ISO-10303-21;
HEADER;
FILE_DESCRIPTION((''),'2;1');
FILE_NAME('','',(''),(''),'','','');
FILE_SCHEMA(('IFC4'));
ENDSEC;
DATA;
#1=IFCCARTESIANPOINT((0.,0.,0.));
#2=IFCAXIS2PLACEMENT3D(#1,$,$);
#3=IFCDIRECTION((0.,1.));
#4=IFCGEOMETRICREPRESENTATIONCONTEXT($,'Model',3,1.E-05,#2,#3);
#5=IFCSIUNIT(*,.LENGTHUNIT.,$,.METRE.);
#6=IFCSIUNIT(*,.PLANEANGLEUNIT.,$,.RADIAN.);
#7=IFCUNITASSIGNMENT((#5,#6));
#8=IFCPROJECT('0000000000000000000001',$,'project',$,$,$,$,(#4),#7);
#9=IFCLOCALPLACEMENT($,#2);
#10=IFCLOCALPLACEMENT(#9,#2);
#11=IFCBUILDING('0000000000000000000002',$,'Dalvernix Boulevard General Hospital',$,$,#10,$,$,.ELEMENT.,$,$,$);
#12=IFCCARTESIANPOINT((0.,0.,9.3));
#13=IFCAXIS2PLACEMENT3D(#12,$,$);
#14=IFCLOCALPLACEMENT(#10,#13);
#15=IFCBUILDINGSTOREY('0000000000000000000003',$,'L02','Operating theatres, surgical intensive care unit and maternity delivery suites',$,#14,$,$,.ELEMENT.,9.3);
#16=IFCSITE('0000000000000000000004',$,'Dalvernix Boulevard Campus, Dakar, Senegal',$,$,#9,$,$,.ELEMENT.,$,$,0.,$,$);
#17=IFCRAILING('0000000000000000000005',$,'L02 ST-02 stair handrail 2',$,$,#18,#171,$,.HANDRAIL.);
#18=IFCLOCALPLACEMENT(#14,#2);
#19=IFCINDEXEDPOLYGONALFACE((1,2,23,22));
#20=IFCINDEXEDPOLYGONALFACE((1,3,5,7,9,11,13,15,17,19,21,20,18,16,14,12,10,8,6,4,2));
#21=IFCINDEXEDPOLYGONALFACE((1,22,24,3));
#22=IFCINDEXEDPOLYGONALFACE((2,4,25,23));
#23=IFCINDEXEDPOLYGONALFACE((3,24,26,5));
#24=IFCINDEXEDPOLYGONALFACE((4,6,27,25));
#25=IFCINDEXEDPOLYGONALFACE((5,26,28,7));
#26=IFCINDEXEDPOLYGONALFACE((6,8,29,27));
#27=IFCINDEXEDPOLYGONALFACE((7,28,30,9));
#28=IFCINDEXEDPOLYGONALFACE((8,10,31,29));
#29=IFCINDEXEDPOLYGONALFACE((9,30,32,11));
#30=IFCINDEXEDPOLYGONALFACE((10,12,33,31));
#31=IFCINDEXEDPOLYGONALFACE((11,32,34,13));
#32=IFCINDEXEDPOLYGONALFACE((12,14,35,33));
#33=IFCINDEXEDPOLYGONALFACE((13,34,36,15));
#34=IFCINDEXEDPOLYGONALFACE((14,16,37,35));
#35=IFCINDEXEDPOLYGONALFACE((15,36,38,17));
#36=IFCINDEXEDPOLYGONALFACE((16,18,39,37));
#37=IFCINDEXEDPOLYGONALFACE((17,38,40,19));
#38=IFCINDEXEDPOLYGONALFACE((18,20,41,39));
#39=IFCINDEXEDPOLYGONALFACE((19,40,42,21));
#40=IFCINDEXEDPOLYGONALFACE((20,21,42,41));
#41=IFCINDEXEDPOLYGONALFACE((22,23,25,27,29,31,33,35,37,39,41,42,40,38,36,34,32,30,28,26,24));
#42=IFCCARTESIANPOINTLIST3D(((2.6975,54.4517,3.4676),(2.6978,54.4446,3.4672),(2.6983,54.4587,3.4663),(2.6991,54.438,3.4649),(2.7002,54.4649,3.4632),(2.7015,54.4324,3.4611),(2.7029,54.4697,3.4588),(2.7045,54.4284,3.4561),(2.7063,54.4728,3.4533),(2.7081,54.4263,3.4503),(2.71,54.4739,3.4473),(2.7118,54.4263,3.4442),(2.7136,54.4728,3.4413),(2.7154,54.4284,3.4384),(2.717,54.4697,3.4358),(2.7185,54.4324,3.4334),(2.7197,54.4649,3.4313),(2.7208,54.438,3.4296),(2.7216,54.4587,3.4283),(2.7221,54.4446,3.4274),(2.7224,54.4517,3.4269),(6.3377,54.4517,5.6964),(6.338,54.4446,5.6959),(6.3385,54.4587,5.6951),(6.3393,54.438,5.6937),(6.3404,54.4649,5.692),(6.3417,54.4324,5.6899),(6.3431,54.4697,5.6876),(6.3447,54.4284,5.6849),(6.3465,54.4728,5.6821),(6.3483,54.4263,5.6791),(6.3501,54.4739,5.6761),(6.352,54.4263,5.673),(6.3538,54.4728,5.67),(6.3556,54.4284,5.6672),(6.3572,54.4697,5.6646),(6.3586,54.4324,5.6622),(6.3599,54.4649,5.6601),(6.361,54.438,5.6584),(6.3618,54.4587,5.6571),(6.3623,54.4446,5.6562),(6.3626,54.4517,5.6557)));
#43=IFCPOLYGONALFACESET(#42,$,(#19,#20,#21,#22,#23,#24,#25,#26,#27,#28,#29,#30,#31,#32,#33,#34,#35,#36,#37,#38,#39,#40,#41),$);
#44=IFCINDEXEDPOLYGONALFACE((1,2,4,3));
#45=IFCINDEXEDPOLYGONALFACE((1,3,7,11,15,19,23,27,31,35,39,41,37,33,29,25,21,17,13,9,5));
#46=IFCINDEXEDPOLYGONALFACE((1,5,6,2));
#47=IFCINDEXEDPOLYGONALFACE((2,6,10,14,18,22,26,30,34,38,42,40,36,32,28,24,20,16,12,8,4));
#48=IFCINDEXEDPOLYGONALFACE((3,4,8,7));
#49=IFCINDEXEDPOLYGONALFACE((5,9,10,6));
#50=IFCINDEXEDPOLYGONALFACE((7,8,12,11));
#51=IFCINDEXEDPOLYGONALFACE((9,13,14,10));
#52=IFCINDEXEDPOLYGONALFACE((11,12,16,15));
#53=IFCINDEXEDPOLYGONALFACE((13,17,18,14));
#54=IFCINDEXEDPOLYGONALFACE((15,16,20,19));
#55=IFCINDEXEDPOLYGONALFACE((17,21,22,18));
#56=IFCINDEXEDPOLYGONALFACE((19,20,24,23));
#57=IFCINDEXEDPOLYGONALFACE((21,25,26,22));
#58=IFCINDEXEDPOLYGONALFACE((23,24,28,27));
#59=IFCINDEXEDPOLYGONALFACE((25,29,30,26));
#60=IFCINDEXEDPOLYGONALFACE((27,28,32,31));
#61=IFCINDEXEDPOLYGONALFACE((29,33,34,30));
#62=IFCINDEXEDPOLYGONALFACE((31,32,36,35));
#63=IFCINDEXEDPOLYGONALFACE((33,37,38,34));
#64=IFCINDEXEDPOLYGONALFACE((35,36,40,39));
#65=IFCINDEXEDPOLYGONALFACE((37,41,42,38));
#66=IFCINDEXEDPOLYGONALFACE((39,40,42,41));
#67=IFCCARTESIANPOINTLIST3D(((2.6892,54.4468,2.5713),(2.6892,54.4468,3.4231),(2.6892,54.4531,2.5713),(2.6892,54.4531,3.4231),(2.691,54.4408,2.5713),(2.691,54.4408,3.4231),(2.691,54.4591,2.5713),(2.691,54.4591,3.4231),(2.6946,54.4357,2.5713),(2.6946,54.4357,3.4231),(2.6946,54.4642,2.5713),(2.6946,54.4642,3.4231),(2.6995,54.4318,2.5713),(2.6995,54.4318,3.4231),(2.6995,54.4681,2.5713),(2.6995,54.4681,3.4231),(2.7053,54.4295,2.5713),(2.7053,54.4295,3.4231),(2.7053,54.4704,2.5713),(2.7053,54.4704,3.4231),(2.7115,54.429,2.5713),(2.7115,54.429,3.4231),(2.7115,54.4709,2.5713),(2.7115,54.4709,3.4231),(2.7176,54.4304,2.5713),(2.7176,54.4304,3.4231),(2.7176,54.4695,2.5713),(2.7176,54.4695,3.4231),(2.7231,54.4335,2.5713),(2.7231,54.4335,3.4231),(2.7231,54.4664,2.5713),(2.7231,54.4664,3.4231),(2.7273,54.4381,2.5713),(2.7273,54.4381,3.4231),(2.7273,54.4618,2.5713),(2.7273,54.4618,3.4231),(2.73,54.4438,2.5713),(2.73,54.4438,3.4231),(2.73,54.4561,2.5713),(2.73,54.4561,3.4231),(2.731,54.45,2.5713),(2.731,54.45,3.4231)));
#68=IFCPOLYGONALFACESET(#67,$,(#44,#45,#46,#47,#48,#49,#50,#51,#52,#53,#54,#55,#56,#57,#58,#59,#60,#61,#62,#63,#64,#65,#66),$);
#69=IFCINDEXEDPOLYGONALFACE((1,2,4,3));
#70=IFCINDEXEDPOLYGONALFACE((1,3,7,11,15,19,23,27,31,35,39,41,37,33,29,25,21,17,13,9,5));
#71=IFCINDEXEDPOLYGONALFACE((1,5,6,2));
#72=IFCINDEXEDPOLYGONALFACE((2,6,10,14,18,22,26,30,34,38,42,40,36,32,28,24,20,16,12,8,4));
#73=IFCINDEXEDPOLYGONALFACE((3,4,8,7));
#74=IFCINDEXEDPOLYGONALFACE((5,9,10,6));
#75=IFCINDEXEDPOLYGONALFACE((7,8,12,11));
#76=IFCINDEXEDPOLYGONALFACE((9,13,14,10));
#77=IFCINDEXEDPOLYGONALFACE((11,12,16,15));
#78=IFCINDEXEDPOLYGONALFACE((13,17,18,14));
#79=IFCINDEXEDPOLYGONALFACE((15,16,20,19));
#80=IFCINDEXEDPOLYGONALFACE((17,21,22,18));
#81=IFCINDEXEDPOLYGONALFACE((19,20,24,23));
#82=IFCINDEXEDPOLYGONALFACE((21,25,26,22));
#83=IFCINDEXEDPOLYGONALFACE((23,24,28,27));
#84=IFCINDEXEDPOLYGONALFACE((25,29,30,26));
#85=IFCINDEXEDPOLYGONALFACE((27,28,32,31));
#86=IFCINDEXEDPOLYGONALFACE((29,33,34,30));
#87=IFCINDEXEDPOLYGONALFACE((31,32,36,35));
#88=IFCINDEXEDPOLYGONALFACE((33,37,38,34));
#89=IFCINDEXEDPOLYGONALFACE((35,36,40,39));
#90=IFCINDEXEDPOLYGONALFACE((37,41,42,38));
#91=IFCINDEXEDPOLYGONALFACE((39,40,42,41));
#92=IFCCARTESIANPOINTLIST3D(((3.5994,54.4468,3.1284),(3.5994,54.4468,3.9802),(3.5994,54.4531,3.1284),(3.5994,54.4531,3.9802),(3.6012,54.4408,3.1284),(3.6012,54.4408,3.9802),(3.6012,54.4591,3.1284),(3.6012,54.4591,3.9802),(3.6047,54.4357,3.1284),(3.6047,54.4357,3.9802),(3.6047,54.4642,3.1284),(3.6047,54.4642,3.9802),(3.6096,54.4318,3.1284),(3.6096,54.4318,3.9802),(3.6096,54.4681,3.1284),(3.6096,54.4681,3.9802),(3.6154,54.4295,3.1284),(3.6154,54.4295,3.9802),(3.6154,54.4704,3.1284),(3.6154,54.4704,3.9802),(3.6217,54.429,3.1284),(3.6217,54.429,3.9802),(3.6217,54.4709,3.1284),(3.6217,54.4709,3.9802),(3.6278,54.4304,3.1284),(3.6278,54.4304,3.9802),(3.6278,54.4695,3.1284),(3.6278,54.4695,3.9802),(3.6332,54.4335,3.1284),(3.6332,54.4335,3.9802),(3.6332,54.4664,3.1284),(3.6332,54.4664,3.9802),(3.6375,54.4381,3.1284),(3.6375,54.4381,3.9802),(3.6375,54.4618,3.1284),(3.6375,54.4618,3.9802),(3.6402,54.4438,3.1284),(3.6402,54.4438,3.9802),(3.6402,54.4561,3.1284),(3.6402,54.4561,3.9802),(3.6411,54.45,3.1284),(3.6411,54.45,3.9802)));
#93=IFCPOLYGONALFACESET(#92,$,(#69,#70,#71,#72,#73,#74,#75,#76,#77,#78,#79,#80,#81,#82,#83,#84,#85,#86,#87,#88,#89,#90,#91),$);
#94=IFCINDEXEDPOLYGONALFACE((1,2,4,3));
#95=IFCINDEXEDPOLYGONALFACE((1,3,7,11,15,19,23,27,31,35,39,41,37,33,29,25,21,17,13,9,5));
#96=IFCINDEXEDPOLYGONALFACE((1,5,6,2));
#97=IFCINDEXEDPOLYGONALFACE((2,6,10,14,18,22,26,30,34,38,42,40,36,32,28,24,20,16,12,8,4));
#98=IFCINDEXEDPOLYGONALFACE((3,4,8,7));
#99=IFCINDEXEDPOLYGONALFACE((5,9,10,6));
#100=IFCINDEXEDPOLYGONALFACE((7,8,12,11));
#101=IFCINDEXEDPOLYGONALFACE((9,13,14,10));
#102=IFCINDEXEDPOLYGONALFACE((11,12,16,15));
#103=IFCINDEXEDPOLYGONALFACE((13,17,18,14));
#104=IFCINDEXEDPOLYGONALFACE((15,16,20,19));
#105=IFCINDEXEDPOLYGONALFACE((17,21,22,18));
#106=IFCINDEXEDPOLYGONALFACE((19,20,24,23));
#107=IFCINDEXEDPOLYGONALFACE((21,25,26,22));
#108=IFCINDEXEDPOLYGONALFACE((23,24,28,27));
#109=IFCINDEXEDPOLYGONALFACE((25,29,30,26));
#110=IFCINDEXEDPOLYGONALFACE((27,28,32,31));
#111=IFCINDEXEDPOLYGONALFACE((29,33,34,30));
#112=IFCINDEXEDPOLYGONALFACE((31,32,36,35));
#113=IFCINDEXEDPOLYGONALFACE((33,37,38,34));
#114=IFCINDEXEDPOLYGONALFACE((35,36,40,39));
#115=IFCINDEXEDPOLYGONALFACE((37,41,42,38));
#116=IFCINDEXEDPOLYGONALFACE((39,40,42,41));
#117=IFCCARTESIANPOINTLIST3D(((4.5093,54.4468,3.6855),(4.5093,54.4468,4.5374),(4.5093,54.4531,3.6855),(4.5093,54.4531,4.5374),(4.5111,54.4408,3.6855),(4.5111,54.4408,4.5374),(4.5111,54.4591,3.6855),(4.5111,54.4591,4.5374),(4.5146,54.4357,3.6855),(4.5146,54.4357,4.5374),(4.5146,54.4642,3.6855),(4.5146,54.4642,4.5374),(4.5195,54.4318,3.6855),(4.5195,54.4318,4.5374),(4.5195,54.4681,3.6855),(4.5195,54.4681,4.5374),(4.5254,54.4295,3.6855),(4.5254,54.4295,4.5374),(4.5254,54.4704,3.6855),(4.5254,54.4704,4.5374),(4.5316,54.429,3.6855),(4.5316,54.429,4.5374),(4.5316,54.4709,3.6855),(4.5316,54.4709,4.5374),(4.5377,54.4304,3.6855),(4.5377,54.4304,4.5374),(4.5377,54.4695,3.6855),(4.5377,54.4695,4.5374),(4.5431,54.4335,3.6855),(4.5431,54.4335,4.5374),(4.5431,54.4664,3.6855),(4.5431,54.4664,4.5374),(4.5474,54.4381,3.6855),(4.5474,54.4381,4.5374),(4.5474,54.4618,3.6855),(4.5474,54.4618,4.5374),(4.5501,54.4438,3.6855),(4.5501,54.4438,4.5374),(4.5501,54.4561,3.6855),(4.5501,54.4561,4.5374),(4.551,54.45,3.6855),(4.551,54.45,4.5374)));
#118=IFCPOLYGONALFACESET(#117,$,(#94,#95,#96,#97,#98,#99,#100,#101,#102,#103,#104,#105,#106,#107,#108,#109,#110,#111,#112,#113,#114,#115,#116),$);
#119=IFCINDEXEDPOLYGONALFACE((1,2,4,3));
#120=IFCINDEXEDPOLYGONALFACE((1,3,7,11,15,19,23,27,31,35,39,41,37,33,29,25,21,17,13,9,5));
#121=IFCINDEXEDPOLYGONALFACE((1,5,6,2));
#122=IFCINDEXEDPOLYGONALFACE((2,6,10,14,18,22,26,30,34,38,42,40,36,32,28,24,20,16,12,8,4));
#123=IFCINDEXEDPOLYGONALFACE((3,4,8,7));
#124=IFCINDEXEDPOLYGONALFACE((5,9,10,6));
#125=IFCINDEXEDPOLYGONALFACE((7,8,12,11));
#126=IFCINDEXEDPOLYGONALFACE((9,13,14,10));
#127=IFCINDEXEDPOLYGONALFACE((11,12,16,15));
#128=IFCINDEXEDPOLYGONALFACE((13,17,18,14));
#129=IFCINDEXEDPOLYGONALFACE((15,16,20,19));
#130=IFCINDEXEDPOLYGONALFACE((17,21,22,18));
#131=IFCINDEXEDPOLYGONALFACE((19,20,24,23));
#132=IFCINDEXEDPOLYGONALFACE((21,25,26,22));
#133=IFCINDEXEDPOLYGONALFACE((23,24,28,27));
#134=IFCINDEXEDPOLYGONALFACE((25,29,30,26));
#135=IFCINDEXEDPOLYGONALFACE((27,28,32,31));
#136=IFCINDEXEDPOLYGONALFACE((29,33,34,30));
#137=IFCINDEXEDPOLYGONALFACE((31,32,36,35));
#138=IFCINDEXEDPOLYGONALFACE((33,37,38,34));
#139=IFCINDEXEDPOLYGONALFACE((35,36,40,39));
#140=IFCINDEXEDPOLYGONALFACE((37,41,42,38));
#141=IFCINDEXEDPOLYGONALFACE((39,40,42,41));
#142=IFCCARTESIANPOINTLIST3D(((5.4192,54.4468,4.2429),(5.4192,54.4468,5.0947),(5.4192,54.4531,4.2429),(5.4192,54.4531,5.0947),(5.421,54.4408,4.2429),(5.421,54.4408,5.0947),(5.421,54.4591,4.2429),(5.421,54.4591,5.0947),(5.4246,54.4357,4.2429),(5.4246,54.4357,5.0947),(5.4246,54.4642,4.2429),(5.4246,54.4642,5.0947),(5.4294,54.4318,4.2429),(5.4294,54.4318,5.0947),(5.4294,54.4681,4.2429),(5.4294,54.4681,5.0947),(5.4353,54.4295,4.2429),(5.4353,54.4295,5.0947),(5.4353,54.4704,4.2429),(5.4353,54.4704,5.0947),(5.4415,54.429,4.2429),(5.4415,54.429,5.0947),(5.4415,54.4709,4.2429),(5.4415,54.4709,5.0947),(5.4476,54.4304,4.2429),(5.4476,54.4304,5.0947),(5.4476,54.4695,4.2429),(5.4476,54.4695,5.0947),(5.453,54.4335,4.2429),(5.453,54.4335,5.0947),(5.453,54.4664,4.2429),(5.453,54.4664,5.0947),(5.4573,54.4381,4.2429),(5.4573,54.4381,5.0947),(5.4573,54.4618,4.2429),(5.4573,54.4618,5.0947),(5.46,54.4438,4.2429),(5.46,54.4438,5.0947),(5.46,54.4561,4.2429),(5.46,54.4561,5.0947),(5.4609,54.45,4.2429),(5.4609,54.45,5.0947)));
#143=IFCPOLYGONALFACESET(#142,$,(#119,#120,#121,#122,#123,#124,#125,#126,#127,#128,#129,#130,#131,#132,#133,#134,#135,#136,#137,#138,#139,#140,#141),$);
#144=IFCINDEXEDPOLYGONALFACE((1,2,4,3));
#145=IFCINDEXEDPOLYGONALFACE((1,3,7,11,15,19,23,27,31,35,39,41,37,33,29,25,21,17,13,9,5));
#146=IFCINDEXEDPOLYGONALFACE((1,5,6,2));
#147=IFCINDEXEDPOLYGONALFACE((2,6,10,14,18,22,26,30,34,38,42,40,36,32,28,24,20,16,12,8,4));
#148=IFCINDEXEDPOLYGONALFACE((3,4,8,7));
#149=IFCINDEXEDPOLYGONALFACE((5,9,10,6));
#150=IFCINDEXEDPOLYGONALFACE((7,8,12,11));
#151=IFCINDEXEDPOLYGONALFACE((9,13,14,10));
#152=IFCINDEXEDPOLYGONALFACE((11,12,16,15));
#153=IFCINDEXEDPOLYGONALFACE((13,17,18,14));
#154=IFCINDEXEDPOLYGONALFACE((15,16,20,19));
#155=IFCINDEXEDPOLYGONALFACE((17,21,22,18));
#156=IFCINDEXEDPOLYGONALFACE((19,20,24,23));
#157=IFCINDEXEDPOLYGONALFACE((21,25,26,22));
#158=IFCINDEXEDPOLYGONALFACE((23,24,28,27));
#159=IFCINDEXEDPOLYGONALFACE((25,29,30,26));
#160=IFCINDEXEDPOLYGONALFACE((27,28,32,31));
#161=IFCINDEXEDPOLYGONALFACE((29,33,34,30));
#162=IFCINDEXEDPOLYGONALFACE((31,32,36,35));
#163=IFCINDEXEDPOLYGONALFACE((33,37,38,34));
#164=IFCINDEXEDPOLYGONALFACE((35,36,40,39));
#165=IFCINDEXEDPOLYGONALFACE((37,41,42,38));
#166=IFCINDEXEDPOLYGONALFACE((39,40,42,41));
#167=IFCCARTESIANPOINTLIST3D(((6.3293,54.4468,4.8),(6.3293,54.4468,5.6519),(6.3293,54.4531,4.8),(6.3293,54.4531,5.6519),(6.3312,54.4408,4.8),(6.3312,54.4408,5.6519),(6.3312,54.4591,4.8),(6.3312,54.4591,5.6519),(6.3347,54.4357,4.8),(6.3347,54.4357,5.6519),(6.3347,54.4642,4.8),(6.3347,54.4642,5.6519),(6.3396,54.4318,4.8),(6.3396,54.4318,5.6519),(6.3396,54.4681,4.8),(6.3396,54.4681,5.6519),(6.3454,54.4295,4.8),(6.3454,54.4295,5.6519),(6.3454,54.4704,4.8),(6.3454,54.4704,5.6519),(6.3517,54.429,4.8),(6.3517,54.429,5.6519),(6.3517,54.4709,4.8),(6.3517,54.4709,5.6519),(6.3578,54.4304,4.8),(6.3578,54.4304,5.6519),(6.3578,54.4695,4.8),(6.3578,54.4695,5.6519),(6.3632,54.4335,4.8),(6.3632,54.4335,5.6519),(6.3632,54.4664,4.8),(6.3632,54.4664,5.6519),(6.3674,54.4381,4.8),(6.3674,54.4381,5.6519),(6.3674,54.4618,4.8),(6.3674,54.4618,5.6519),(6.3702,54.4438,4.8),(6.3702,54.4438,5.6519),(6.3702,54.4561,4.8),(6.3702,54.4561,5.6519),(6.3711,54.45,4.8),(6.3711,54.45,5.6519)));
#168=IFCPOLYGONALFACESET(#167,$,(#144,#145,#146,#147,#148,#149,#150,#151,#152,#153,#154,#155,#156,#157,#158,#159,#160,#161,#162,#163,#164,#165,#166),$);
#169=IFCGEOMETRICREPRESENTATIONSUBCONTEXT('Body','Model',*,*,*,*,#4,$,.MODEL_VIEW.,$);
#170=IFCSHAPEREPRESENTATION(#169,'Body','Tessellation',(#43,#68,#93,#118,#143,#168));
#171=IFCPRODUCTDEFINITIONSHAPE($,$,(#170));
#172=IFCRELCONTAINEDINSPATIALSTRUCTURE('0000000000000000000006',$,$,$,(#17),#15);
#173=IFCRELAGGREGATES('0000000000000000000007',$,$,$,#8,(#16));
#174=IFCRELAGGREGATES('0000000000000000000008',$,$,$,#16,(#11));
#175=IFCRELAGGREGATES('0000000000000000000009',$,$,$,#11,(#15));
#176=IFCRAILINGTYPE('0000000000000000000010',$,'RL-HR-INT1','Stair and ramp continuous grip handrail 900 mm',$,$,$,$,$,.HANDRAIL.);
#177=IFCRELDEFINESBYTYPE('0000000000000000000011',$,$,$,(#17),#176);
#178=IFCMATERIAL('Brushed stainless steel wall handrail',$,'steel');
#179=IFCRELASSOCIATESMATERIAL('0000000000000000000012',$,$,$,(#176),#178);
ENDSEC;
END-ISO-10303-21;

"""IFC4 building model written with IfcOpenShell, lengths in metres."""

from ifc_helpers import new_model, si_unit, direction, frame, origin, origin_2d, place, context, subcontext, project, spatial, circle, extrude, material, type_object, element, save


model = new_model("IFC4")

# Units and contexts
model_context = context("Model", 3, precision=1e-05, world=origin(), true_north=direction((0.0, 1.0)))
body_context = subcontext(model_context, "Body", "Model", "MODEL_VIEW")
ifc_project = project(units=[si_unit("LENGTHUNIT", "METRE"), si_unit("PLANEANGLEUNIT", "RADIAN")], contexts=[model_context])

# Site, building, storey
site_placement = place(None, origin())
site = spatial("IfcSite", under=ifc_project, at=site_placement, Name="Dalvernix Boulevard Campus, Dakar, Senegal", CompositionType="ELEMENT", RefElevation=0.0)
building_placement = place(site_placement, origin())
building = spatial("IfcBuilding", under=site, at=building_placement, Name="Dalvernix Boulevard General Hospital", CompositionType="ELEMENT")
storey_placement = place(building_placement, frame((0.0, 0.0, 9.3)))
storey = spatial("IfcBuildingStorey", under=building, at=storey_placement, Name="L02", Description="Operating theatres, surgical intensive care unit and maternity delivery suites", CompositionType="ELEMENT", Elevation=9.3)

# Railing
ifc_material_1 = material(Name="Brushed stainless steel wall handrail", Category="steel")
railing_type_1 = type_object("IfcRailingType", Name="RL-HR-INT1", Description="Stair and ramp continuous grip handrail 900 mm", PredefinedType="HANDRAIL", material=ifc_material_1)
railing_1_placement = place(storey_placement, frame((2.71, 54.45, 2.5713)))
element("IfcRailing", 1, at=railing_1_placement, inside=storey, type_object=railing_type_1, Name="L02 ST-02 stair handrail 2", PredefinedType="HANDRAIL", context=body_context, shape_type="SweptSolid", body=[
    extrude(circle(Radius=0.0239, at=origin_2d()), frame((0.0, 0.0, 0.876), z_axis=(0.85284, 0.0, 0.522172), x_axis=(0.0, 1.0, 0.0)), (0.0, 0.0, 1.0), 4.2683),
    extrude(circle(Radius=0.021, at=origin_2d()), origin(), (0.0, 0.0, 1.0), 0.8518),
    extrude(circle(Radius=0.021, at=origin_2d()), frame((0.9102, 0.0, 0.5571)), (0.0, 0.0, 1.0), 0.8518),
    extrude(circle(Radius=0.021, at=origin_2d()), frame((1.8201, 0.0, 1.1143)), (0.0, 0.0, 1.0), 0.8518),
    extrude(circle(Radius=0.021, at=origin_2d()), frame((2.73, 0.0, 1.6716)), (0.0, 0.0, 1.0), 0.8518),
    extrude(circle(Radius=0.021, at=origin_2d()), frame((3.6401, 0.0, 2.2288)), (0.0, 0.0, 1.0), 0.8518),
])

save(model, "model.ifc")
